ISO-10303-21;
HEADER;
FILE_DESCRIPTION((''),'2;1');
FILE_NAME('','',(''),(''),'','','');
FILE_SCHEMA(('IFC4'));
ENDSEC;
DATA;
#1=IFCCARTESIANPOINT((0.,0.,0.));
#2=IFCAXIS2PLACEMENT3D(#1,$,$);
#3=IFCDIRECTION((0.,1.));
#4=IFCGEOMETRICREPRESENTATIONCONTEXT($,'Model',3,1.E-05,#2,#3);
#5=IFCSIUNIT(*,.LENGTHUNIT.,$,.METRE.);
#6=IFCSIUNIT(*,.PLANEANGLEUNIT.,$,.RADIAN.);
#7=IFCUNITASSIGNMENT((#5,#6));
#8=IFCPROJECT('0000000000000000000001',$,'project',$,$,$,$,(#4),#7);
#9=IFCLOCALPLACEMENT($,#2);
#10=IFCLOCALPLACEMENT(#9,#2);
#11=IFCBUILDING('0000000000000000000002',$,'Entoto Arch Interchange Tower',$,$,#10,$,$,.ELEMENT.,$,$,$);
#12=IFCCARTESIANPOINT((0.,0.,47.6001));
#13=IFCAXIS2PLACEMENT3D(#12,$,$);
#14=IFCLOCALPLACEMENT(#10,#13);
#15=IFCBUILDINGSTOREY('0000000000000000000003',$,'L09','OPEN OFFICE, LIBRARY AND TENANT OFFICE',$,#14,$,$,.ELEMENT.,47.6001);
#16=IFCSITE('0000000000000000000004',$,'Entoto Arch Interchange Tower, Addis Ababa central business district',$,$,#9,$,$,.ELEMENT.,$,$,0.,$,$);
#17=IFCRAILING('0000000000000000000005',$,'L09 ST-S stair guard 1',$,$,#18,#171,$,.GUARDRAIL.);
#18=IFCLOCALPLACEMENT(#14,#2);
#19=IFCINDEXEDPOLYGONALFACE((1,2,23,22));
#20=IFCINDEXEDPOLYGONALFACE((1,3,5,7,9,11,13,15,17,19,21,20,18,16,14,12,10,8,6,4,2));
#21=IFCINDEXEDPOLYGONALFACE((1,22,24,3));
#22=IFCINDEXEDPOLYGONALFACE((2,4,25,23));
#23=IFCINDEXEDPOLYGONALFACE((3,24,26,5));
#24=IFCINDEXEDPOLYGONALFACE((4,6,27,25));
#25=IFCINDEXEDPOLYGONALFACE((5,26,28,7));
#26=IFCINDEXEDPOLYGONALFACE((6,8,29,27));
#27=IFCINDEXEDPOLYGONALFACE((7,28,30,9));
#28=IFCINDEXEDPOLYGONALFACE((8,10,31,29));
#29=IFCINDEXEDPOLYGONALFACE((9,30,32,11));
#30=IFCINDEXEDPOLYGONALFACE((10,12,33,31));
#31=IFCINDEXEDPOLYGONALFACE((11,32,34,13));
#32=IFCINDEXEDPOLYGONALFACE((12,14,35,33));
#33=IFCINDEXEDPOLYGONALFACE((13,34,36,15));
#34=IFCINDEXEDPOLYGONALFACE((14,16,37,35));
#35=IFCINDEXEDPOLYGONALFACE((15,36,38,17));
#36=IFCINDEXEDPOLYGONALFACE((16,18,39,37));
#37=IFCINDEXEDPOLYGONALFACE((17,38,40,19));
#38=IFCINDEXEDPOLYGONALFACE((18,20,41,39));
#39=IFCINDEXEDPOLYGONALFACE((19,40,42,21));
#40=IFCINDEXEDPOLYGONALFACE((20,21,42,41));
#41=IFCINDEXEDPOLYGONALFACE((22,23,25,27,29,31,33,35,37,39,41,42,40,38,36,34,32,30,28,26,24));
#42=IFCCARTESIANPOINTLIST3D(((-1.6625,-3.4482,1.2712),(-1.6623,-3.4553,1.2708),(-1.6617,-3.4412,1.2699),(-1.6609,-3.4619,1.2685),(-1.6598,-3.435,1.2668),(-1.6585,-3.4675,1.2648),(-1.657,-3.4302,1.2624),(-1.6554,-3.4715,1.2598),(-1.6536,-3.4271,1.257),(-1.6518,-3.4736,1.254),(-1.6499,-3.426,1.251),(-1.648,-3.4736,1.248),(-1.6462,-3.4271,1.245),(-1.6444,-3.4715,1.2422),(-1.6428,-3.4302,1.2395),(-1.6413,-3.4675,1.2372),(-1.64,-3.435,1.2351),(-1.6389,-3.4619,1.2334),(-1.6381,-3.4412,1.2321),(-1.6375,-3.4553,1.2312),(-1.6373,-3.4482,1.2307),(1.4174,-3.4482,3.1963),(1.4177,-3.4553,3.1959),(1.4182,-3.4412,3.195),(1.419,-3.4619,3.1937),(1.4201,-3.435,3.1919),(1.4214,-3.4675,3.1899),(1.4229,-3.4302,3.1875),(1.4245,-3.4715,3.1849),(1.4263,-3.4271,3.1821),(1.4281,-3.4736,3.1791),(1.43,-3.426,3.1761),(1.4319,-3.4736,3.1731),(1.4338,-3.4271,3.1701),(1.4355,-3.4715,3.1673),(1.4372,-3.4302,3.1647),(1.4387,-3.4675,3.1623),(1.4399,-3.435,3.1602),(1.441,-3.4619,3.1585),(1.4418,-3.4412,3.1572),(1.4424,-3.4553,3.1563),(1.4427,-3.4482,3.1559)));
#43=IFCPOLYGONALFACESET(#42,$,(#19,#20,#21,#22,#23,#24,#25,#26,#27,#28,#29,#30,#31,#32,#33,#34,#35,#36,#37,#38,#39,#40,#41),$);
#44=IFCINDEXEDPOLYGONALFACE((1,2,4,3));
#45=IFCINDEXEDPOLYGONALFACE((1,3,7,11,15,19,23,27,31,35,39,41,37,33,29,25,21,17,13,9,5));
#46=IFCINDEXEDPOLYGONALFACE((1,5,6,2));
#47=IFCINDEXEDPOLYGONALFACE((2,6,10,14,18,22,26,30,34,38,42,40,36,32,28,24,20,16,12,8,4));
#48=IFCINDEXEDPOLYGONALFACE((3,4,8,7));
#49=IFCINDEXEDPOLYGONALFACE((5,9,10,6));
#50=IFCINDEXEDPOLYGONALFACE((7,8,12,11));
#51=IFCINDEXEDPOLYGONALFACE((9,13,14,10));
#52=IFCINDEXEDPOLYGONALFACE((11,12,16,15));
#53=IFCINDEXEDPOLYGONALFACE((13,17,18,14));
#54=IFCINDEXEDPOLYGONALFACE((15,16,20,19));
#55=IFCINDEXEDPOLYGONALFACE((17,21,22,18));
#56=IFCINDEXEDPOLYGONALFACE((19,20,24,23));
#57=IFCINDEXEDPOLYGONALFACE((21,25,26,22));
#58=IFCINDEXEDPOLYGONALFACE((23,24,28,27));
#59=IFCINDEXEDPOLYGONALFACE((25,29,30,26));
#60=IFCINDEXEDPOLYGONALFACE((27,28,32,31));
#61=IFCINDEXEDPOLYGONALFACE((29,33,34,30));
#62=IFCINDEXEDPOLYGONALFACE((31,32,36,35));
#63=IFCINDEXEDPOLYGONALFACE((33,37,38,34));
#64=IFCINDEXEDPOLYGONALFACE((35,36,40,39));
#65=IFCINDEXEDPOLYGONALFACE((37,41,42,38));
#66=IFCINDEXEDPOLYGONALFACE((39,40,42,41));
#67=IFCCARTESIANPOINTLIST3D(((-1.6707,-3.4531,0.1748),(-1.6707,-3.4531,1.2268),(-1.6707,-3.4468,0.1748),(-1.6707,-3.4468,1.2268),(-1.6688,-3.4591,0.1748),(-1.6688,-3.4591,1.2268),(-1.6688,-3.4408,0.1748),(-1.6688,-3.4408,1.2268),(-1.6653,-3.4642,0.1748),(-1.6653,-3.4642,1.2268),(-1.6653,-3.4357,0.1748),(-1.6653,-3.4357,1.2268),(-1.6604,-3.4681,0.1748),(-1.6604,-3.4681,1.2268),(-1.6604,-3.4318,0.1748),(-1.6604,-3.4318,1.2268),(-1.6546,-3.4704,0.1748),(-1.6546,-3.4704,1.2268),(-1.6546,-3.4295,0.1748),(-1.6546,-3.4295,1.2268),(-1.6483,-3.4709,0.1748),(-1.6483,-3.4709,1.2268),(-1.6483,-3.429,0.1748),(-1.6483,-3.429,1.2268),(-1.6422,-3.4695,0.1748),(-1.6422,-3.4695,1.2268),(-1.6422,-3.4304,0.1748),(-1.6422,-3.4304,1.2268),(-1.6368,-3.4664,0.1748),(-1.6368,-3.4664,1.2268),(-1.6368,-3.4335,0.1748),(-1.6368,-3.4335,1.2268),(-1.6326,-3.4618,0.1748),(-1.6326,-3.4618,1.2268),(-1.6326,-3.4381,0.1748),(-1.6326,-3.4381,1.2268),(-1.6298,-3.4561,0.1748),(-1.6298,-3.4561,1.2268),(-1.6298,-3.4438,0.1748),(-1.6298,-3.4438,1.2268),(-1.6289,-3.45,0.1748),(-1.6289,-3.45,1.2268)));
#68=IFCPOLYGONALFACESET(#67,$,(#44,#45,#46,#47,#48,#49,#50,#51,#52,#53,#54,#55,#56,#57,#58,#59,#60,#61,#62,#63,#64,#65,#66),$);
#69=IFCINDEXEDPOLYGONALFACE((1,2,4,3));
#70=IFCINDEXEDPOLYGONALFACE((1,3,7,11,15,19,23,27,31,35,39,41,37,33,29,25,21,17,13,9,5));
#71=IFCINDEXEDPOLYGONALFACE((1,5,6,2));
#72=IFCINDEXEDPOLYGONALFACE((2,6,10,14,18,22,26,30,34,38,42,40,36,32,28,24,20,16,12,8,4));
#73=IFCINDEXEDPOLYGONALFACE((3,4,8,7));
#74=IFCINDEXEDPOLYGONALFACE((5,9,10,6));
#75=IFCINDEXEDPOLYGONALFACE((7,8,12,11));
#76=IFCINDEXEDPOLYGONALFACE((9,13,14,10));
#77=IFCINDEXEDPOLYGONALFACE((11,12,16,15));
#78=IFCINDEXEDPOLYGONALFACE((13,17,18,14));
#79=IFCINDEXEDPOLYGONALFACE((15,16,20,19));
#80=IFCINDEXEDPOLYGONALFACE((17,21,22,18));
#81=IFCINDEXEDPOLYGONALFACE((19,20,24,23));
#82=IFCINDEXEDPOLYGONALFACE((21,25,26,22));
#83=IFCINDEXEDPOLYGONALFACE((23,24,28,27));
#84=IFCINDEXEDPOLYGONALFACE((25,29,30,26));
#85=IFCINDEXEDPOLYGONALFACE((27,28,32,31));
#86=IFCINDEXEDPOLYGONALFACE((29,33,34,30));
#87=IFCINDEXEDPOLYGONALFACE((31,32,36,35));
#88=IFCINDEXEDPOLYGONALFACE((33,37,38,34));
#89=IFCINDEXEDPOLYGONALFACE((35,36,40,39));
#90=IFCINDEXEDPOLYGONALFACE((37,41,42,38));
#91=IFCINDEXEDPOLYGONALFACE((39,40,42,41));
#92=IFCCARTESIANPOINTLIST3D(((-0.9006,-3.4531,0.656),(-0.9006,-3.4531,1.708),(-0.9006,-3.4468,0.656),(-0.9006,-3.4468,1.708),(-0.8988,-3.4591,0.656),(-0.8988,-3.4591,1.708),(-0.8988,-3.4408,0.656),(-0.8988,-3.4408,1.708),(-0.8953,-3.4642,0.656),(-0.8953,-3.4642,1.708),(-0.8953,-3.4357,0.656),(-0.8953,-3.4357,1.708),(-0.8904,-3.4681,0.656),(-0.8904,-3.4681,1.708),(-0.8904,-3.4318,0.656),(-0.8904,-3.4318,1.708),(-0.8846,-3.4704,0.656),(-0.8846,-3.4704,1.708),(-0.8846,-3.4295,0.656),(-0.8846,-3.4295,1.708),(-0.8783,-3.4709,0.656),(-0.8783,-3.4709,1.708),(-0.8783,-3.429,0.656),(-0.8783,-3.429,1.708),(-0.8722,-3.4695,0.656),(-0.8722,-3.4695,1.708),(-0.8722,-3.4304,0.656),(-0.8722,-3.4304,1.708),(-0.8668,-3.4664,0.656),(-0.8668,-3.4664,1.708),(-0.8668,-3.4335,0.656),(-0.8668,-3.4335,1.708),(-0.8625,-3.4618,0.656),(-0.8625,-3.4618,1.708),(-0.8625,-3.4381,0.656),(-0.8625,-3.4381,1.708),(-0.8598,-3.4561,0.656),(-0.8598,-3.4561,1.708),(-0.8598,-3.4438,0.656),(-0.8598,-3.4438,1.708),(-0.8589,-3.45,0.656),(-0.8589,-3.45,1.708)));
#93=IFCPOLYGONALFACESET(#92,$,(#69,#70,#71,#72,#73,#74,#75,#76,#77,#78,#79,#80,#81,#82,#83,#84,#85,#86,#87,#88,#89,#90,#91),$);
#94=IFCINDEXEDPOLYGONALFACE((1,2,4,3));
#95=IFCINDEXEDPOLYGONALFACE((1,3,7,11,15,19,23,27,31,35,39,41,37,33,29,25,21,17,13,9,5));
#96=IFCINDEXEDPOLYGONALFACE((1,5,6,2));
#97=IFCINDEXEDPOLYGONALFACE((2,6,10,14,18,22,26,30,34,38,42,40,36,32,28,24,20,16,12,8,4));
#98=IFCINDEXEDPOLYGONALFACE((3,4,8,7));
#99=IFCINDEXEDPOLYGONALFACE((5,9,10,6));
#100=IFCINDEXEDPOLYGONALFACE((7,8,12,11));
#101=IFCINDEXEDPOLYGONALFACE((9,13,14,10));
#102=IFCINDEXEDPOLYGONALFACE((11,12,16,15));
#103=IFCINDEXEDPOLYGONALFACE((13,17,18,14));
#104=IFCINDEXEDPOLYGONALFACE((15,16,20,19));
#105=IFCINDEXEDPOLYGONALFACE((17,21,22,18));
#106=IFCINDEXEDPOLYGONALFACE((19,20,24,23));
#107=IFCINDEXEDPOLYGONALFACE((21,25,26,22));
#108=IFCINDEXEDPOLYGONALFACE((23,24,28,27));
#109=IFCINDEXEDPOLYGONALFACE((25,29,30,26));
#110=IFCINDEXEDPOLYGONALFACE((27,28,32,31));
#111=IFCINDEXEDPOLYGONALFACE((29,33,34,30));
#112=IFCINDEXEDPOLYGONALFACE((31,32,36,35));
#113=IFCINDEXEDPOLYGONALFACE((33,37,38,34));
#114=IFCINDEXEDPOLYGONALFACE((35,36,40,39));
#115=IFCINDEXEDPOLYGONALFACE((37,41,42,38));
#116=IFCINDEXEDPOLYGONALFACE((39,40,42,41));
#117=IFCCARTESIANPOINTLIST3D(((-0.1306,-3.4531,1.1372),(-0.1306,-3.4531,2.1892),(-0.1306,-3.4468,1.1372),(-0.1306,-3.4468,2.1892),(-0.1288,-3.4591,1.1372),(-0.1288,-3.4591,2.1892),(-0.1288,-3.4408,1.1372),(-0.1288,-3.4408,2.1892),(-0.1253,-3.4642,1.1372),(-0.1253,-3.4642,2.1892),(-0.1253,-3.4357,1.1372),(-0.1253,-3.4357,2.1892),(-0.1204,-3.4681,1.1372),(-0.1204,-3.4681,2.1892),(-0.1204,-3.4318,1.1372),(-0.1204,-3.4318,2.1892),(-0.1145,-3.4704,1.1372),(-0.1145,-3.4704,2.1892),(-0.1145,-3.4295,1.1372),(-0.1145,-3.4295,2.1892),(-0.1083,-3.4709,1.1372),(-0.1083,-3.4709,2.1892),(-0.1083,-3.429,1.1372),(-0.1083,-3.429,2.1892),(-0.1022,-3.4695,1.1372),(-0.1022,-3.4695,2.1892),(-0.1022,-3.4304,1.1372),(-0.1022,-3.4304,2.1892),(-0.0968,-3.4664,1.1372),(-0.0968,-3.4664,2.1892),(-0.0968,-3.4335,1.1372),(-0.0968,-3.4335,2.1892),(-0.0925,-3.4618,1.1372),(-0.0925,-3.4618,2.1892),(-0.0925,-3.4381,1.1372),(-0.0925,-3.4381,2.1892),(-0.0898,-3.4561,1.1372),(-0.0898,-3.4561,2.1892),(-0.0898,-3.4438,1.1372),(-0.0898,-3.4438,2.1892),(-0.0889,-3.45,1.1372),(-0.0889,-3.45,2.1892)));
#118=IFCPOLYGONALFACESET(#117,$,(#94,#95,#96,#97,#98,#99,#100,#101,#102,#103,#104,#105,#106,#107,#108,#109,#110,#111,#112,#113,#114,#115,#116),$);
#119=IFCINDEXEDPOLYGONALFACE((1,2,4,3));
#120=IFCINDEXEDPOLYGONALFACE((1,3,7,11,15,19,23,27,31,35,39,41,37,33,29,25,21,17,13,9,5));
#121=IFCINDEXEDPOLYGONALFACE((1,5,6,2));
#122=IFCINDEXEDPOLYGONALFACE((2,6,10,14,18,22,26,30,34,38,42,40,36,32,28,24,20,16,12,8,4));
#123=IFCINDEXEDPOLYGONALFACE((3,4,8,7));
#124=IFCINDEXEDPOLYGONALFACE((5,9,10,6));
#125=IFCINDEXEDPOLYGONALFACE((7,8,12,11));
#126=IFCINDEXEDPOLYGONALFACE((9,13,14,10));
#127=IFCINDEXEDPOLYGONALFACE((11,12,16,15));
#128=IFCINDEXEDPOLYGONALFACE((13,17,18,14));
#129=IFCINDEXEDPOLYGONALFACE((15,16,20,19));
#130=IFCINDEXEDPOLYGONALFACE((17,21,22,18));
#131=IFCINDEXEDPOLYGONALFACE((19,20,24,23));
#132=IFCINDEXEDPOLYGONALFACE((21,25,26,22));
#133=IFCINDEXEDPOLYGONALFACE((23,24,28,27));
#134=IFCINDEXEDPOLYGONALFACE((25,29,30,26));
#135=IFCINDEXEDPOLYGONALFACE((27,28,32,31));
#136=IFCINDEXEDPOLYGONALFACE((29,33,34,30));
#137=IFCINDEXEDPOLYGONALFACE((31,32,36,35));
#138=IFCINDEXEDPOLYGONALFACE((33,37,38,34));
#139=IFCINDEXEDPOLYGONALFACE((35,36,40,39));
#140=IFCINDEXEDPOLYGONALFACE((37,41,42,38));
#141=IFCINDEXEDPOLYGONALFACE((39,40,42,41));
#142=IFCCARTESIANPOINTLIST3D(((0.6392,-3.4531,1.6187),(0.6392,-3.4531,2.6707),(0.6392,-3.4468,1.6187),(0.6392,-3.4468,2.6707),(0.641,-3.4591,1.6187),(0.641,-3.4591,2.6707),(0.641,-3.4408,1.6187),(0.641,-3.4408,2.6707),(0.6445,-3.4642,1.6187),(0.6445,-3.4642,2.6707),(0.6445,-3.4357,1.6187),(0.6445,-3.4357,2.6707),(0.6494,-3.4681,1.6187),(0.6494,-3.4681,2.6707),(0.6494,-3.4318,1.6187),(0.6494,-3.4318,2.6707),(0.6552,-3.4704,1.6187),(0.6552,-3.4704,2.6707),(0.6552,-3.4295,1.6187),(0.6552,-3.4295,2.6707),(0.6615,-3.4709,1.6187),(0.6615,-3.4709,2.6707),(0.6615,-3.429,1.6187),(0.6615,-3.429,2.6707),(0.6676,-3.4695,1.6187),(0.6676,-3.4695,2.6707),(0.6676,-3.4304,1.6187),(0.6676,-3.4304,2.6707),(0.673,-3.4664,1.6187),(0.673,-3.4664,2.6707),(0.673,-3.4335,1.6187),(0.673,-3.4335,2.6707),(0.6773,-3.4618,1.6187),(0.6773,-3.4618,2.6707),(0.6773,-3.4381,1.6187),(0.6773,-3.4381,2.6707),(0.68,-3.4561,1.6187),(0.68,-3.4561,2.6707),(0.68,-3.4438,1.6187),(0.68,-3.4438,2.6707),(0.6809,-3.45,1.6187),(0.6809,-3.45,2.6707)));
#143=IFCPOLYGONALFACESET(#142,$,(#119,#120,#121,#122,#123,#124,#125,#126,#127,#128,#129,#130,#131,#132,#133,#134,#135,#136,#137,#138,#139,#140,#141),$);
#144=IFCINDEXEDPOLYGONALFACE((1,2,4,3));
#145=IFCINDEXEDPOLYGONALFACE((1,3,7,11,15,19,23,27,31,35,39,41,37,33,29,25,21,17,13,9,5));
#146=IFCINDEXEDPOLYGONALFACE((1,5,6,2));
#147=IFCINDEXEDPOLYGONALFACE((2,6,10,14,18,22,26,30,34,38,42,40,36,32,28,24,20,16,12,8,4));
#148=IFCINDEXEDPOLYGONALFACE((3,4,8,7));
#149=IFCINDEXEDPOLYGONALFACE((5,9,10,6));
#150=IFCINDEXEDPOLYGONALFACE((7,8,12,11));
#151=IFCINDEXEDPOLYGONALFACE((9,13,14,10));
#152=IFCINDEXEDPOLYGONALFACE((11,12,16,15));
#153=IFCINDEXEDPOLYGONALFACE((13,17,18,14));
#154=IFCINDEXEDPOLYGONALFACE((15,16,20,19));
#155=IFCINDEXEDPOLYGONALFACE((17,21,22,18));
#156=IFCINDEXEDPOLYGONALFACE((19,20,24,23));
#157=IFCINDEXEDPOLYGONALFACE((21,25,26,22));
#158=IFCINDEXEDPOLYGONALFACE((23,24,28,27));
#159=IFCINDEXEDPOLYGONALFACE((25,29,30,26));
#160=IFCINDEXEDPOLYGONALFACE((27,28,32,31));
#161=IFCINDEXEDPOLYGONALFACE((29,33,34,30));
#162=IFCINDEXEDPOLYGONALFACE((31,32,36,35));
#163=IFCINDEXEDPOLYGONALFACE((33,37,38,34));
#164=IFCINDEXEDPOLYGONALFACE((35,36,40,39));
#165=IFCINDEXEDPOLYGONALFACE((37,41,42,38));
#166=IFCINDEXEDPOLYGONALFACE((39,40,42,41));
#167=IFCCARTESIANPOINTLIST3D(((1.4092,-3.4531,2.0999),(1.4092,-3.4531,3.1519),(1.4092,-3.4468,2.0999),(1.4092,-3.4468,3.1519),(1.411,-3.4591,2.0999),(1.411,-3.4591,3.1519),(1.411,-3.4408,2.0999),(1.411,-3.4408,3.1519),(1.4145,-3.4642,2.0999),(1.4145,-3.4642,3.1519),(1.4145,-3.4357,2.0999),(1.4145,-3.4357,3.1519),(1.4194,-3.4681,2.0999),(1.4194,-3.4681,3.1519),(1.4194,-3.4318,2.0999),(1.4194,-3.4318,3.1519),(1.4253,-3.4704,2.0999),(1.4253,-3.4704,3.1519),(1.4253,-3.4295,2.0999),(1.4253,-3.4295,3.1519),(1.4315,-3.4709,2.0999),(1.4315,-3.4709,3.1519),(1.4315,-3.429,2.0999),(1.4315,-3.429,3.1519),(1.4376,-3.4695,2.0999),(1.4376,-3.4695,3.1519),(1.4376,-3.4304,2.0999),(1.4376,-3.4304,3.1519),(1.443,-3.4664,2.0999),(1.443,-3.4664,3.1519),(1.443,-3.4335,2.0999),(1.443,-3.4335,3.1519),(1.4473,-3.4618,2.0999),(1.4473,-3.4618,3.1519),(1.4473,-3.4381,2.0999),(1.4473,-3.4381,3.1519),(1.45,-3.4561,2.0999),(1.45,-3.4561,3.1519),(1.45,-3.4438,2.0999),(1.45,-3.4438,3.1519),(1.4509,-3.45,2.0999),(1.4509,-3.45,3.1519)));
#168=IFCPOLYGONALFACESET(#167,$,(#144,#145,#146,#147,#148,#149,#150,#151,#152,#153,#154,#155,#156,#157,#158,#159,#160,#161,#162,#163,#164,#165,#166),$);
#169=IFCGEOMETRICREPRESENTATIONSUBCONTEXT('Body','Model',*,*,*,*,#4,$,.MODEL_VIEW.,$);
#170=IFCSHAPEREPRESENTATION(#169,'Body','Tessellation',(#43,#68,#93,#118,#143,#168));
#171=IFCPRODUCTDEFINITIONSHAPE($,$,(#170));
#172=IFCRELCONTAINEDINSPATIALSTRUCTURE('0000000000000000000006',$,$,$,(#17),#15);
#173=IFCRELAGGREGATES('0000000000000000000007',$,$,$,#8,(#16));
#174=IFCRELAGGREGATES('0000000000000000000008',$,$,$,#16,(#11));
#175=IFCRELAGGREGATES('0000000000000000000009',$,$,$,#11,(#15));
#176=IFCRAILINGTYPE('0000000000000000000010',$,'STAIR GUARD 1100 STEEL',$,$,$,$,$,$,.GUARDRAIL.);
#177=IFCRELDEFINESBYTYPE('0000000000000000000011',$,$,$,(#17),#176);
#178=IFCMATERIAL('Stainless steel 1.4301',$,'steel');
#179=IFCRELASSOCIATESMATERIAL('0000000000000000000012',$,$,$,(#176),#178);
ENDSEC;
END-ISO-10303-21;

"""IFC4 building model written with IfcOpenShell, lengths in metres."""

from ifc_helpers import new_model, si_unit, direction, frame, origin, origin_2d, place, context, subcontext, project, spatial, circle, extrude, material, type_object, element, save


model = new_model("IFC4")

# Units and contexts
model_context = context("Model", 3, precision=1e-05, world=origin(), true_north=direction((0.0, 1.0)))
body_context = subcontext(model_context, "Body", "Model", "MODEL_VIEW")
ifc_project = project(units=[si_unit("LENGTHUNIT", "METRE"), si_unit("PLANEANGLEUNIT", "RADIAN")], contexts=[model_context])

# Site, building, storey
site_placement = place(None, origin())
site = spatial("IfcSite", under=ifc_project, at=site_placement, Name="Entoto Arch Interchange Tower, Addis Ababa central business district", CompositionType="ELEMENT", RefElevation=0.0)
building_placement = place(site_placement, origin())
building = spatial("IfcBuilding", under=site, at=building_placement, Name="Entoto Arch Interchange Tower", CompositionType="ELEMENT")
storey_placement = place(building_placement, frame((0.0, 0.0, 47.6001)))
storey = spatial("IfcBuildingStorey", under=building, at=storey_placement, Name="L09", Description="OPEN OFFICE, LIBRARY AND TENANT OFFICE", CompositionType="ELEMENT", Elevation=47.6001)

# Railing
ifc_material_1 = material(Name="Stainless steel 1.4301", Category="steel")
railing_type_1 = type_object("IfcRailingType", Name="STAIR GUARD 1100 STEEL", PredefinedType="GUARDRAIL", material=ifc_material_1)
railing_1_placement = place(storey_placement, frame((-1.6499, -3.45, 0.1748)))
element("IfcRailing", 1, at=railing_1_placement, inside=storey, type_object=railing_type_1, Name="L09 ST-S stair guard 1", PredefinedType="GUARDRAIL", context=body_context, shape_type="SweptSolid", body=[
    extrude(circle(Radius=0.0239, at=origin_2d()), frame((0.0, 0.0, 1.0762), z_axis=(0.847979, 0.0, 0.530029), x_axis=(0.0, 1.0, 0.0)), (0.0, 0.0, 1.0), 3.6321),
    extrude(circle(Radius=0.021, at=origin_2d()), origin(), (0.0, 0.0, 1.0), 1.052),
    extrude(circle(Radius=0.021, at=origin_2d()), frame((0.77, 0.0, 0.4812)), (0.0, 0.0, 1.0), 1.052),
    extrude(circle(Radius=0.021, at=origin_2d()), frame((1.54, 0.0, 0.9624)), (0.0, 0.0, 1.0), 1.052),
    extrude(circle(Radius=0.021, at=origin_2d()), frame((2.3098, 0.0, 1.4438)), (0.0, 0.0, 1.0), 1.052),
    extrude(circle(Radius=0.021, at=origin_2d()), frame((3.0798, 0.0, 1.925)), (0.0, 0.0, 1.0), 1.052),
])

save(model, "model.ifc")
